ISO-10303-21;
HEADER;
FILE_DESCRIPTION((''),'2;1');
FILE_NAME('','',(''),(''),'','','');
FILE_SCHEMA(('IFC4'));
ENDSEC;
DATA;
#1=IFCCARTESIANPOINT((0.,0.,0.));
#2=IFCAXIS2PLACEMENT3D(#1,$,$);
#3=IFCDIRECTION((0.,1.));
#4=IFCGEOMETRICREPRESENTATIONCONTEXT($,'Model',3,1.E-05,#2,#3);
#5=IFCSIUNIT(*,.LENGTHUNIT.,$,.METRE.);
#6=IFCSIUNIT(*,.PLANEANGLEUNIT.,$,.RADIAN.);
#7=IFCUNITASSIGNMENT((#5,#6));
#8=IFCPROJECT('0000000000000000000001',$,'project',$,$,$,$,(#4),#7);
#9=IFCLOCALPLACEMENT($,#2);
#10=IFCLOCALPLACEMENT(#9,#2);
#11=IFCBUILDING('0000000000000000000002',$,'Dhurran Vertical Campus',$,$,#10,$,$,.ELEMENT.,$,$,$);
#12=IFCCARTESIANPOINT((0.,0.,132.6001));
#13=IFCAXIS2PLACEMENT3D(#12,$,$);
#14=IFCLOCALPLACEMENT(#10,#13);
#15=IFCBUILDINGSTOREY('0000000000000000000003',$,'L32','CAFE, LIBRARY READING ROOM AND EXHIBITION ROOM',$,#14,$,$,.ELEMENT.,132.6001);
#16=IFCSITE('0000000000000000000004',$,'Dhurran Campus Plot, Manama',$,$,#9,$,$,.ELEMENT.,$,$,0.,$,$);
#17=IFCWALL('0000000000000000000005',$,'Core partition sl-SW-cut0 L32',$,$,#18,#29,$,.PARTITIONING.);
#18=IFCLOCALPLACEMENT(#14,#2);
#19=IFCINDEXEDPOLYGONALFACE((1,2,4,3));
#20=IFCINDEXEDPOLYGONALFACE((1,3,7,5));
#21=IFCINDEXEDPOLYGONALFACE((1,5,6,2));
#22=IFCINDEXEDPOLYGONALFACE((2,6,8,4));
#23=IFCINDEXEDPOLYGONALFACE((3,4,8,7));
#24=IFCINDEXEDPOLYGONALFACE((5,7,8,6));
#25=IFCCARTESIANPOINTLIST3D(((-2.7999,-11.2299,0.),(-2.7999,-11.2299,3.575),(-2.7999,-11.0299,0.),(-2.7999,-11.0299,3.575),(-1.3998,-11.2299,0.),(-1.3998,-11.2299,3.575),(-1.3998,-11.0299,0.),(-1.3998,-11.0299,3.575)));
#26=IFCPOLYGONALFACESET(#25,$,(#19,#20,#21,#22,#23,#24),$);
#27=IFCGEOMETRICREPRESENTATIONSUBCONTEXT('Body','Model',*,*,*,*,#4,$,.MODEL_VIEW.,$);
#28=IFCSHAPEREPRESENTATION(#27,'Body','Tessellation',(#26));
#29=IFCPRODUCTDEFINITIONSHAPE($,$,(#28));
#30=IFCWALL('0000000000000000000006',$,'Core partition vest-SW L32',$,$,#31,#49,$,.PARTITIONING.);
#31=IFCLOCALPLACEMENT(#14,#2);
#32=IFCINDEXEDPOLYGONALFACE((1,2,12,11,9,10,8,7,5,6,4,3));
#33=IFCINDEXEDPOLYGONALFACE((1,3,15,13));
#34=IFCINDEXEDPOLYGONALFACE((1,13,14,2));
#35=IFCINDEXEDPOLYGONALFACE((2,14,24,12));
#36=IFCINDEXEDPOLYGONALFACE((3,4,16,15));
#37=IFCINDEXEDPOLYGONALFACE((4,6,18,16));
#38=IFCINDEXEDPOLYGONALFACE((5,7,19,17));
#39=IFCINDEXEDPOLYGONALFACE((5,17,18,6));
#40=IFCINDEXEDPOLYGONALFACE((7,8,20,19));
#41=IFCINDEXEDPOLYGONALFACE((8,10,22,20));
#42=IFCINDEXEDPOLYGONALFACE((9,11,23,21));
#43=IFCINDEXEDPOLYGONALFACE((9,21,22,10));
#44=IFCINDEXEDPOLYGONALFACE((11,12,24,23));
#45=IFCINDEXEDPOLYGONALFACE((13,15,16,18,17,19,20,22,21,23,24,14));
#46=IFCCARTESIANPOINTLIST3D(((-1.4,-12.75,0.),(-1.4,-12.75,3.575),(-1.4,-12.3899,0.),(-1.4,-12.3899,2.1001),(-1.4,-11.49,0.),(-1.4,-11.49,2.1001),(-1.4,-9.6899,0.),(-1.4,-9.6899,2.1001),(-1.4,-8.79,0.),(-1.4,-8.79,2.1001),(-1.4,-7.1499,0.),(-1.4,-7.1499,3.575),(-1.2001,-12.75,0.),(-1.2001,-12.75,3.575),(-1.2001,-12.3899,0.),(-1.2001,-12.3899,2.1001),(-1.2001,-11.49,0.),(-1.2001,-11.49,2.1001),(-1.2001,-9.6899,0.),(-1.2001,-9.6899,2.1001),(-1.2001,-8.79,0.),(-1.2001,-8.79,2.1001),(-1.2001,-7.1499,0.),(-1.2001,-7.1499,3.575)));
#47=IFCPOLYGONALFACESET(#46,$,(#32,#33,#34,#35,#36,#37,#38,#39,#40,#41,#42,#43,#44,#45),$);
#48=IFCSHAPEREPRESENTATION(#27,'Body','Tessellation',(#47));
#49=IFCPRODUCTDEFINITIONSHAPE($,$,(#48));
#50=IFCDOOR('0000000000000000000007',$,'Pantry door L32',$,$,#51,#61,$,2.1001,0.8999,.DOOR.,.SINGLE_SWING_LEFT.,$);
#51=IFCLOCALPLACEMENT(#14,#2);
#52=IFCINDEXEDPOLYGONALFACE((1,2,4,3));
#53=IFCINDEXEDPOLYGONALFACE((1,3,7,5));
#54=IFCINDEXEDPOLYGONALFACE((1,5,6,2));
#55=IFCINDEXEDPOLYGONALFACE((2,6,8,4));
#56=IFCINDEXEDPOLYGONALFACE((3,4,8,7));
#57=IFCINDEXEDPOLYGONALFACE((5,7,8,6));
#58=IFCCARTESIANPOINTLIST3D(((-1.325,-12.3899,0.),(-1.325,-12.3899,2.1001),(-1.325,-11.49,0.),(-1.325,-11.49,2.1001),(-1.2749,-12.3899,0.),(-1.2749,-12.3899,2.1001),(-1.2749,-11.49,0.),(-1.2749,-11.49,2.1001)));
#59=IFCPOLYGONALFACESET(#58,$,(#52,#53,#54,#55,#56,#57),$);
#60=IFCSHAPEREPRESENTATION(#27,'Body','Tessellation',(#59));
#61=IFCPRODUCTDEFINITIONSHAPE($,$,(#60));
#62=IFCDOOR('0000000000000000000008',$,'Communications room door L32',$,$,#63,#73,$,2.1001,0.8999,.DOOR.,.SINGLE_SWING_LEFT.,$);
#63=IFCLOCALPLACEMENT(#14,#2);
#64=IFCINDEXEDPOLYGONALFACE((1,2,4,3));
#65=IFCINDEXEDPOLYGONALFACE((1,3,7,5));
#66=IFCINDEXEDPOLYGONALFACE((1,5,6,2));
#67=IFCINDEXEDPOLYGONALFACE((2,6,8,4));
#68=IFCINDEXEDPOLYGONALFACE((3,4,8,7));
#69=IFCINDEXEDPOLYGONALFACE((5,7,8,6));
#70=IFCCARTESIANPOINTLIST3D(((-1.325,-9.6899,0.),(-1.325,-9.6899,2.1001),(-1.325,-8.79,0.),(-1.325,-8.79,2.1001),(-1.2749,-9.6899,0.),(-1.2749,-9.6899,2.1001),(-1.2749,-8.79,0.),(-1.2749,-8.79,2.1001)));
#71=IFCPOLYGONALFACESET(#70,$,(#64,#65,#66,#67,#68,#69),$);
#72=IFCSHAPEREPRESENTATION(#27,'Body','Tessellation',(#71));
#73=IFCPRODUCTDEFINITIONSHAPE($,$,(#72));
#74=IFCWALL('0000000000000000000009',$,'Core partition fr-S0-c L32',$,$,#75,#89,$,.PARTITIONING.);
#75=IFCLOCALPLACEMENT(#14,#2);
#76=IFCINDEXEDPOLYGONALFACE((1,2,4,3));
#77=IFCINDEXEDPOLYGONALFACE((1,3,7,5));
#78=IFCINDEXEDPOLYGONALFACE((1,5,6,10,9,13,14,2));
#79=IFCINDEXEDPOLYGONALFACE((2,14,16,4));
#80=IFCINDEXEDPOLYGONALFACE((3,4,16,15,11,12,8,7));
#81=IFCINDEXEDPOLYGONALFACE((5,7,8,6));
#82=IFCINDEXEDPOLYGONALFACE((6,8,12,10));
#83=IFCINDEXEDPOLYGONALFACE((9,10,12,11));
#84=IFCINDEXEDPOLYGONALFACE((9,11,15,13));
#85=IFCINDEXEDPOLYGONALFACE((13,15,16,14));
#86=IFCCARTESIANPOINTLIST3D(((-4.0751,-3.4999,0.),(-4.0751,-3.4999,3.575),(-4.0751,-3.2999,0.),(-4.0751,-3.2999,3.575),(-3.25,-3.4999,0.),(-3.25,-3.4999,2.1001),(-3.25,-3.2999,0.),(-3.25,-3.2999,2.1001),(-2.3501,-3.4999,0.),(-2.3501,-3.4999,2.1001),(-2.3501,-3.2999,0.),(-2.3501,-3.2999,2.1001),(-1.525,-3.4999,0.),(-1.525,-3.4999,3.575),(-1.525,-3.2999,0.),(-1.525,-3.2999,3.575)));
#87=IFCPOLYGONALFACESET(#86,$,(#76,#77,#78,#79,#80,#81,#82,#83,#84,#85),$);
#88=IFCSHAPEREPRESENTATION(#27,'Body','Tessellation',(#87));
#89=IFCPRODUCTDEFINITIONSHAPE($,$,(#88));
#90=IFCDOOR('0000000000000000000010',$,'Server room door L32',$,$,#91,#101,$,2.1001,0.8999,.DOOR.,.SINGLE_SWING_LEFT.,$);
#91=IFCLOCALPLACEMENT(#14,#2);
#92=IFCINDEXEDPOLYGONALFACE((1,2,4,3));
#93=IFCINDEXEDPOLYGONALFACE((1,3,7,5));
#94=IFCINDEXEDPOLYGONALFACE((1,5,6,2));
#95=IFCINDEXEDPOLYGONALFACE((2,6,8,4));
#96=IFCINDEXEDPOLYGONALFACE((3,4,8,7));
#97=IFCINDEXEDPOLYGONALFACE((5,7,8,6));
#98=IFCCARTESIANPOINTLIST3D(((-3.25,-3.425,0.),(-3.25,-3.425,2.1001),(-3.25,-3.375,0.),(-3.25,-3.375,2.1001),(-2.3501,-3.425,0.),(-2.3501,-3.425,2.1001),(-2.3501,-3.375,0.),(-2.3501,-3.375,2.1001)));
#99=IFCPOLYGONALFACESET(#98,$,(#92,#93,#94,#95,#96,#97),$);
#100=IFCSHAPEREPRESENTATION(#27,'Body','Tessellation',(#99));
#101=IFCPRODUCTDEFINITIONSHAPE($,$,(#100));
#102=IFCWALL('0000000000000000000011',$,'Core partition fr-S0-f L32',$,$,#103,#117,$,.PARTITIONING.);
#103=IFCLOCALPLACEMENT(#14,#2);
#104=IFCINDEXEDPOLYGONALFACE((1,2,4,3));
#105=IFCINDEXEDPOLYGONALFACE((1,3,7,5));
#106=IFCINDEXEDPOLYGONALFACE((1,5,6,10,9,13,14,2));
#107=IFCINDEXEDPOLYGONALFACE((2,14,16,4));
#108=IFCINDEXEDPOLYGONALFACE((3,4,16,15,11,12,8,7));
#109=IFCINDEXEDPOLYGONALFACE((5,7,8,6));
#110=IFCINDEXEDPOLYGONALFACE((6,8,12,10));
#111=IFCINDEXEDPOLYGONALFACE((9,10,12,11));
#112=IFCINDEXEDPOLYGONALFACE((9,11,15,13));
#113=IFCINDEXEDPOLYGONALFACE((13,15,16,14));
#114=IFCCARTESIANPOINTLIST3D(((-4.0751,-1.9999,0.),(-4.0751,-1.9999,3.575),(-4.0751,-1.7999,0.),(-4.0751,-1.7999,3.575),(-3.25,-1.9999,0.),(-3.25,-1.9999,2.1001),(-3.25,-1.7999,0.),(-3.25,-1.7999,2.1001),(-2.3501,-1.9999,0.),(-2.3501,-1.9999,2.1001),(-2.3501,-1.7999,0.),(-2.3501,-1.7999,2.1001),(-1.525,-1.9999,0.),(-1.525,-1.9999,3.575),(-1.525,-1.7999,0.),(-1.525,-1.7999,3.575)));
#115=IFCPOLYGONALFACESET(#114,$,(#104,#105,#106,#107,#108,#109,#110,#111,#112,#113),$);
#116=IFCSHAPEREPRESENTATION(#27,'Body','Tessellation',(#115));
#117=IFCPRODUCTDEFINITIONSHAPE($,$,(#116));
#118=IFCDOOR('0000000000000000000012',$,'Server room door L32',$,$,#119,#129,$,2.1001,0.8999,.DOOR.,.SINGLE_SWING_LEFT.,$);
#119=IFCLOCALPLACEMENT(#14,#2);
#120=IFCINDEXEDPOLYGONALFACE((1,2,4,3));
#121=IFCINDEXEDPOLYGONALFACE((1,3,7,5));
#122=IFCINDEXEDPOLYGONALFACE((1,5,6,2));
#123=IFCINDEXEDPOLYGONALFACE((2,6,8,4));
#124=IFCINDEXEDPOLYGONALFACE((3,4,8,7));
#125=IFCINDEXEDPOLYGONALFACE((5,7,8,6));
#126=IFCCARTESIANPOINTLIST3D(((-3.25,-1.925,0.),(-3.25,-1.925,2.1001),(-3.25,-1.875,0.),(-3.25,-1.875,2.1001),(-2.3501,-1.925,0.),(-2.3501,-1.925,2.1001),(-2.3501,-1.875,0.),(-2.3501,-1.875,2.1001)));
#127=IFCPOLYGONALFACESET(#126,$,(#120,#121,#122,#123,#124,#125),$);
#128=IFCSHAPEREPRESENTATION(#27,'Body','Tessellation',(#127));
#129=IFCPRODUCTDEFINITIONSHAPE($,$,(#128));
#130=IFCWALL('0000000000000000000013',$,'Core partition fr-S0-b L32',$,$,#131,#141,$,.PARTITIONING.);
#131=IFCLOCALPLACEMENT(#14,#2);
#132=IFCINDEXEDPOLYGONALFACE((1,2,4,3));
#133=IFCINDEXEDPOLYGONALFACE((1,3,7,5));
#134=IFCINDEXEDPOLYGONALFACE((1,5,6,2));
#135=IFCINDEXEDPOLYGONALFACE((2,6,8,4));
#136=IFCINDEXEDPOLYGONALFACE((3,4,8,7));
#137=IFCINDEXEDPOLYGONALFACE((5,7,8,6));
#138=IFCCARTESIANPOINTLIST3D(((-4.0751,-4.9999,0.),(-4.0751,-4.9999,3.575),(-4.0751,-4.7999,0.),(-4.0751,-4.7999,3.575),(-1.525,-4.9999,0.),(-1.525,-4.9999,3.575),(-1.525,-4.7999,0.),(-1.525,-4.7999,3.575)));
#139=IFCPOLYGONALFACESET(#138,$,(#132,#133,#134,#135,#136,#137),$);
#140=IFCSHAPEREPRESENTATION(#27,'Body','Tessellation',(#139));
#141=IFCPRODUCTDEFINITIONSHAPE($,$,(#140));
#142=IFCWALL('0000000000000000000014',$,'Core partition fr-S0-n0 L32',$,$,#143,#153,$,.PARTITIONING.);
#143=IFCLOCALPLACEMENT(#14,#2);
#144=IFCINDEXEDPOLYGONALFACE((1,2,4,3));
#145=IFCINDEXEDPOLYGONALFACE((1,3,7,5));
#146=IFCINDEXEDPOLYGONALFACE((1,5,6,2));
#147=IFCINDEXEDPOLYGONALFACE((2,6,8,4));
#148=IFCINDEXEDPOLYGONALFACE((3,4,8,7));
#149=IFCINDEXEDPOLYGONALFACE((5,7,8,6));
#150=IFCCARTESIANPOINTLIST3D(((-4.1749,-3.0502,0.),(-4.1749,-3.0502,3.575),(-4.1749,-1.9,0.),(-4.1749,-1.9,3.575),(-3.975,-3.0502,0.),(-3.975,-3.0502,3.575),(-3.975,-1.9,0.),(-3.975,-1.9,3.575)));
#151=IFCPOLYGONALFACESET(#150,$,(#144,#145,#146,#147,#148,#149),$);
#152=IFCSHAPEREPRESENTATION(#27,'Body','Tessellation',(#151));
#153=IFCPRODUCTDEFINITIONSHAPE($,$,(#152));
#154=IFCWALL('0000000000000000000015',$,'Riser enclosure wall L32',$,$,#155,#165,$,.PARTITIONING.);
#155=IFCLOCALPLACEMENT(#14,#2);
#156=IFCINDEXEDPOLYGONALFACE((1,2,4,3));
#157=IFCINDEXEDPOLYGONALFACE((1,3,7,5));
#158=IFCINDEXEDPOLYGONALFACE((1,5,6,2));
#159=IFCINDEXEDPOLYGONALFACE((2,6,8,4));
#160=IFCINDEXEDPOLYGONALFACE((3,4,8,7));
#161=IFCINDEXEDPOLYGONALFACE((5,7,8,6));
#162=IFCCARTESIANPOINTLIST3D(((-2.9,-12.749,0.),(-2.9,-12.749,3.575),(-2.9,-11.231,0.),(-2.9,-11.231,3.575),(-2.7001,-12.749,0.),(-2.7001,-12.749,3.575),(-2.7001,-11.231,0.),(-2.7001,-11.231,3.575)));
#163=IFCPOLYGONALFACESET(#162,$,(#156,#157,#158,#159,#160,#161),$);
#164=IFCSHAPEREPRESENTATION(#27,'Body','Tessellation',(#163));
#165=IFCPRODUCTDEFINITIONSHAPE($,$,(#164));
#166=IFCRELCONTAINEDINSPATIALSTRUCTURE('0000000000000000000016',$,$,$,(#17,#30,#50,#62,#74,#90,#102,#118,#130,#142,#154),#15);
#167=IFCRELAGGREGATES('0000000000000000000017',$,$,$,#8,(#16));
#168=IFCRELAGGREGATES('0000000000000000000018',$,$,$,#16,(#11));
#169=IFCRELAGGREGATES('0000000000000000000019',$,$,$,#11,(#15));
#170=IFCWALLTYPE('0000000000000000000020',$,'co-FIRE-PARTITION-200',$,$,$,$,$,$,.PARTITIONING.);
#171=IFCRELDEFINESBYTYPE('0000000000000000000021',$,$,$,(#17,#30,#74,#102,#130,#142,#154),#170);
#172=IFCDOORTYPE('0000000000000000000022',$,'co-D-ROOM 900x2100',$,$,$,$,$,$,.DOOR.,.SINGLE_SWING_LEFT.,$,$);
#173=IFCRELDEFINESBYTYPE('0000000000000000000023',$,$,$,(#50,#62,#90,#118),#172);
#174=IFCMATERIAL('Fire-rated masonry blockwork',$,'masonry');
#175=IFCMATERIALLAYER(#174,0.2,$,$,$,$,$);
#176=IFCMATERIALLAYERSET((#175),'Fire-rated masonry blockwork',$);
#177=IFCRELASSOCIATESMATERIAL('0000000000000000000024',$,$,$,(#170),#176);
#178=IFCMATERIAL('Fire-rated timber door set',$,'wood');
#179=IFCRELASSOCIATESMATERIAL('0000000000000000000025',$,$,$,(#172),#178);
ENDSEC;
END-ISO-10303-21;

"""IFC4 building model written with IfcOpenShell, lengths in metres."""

from ifc_helpers import new_model, si_unit, direction, frame, frame_2d, origin, place, context, subcontext, project, spatial, rectangle, extrude, material, layer, layer_set, type_object, element, fill, save


model = new_model("IFC4")

# Units and contexts
model_context = context("Model", 3, precision=1e-05, world=origin(), true_north=direction((0.0, 1.0)))
body_context = subcontext(model_context, "Body", "Model", "MODEL_VIEW")
ifc_project = project(units=[si_unit("LENGTHUNIT", "METRE"), si_unit("PLANEANGLEUNIT", "RADIAN")], contexts=[model_context])

# Site, building, storey
site_placement = place(None, origin())
site = spatial("IfcSite", under=ifc_project, at=site_placement, Name="Dhurran Campus Plot, Manama", CompositionType="ELEMENT", RefElevation=0.0)
building_placement = place(site_placement, origin())
building = spatial("IfcBuilding", under=site, at=building_placement, Name="Dhurran Vertical Campus", CompositionType="ELEMENT")
storey_placement = place(building_placement, frame((0.0, 0.0, 132.6001)))
storey = spatial("IfcBuildingStorey", under=building, at=storey_placement, Name="L32", Description="CAFE, LIBRARY READING ROOM AND EXHIBITION ROOM", CompositionType="ELEMENT", Elevation=132.6001)

# Shared definitions
ifc_material_1 = material(Name="Fire-rated masonry blockwork", Category="masonry")
ifc_layer_1 = layer(ifc_material_1, 0.2)
ifc_layer_set_1 = layer_set([ifc_layer_1], Name="Fire-rated masonry blockwork")
wall_type_1 = type_object("IfcWallType", Name="co-FIRE-PARTITION-200", PredefinedType="PARTITIONING", material=ifc_layer_set_1)

# Wall
for number, where, z_axis, x_axis, name in (
    (1, (-2.8, -11.1299, 0.0), (0.0, 0.0, 1.0), (1.0, 0.0, 0.0), "Core partition sl-SW-cut0 L32"),
):
    element("IfcWall", number, at=place(storey_placement, frame(where, z_axis=z_axis, x_axis=x_axis)), inside=storey, type_object=wall_type_1, Name=name, PredefinedType="PARTITIONING", context=body_context, shape_type="SweptSolid", body=[
        extrude(rectangle(XDim=1.4001, YDim=0.2, at=frame_2d((0.7002, 0.0))), origin(), (0.0, 0.0, 1.0), 3.575),
    ])

# Wall, openings, doors
wall_1_placement = place(storey_placement, frame((-1.3, -12.75, 0.0), z_axis=(0.0, 0.0, 1.0), x_axis=(0.0, 1.0, 0.0)))
wall_1 = element("IfcWall", 2, at=wall_1_placement, inside=storey, type_object=wall_type_1, Name="Core partition vest-SW L32", PredefinedType="PARTITIONING", context=body_context, shape_type="SweptSolid", body=[
    extrude(rectangle(XDim=5.6001, YDim=0.2, at=frame_2d((2.8, 0.0))), origin(), (0.0, 0.0, 1.0), 3.575),
])
opening_1_placement = place(wall_1_placement, frame((0.3601, 0.0, 0.0)))
opening_1 = element("IfcOpeningElement", 3, at=opening_1_placement, cuts=wall_1, PredefinedType="OPENING", context=body_context, shape_type="SweptSolid", body=[
    extrude(rectangle(XDim=0.8999, YDim=2.1001, at=frame_2d((0.45, 1.05))), frame((0.0, 0.1099, 0.0), z_axis=(0.0, -1.0, 0.0), x_axis=(1.0, 0.0, 0.0)), (0.0, 0.0, 1.0), 0.22),
])
opening_2_placement = place(wall_1_placement, frame((3.0601, 0.0, 0.0)))
opening_2 = element("IfcOpeningElement", 4, at=opening_2_placement, cuts=wall_1, PredefinedType="OPENING", context=body_context, shape_type="SweptSolid", body=[
    extrude(rectangle(XDim=0.8999, YDim=2.1001, at=frame_2d((0.45, 1.05))), frame((0.0, 0.1099, 0.0), z_axis=(0.0, -1.0, 0.0), x_axis=(1.0, 0.0, 0.0)), (0.0, 0.0, 1.0), 0.22),
])
ifc_material_2 = material(Name="Fire-rated timber door set", Category="wood")
door_type_1 = type_object("IfcDoorType", Name="co-D-ROOM 900x2100", OperationType="SINGLE_SWING_LEFT", PredefinedType="DOOR", material=ifc_material_2)
door_1_placement = place(opening_1_placement, origin())
door_1 = element("IfcDoor", 5, at=door_1_placement, inside=storey, type_object=door_type_1, Name="Pantry door L32", OperationType="SINGLE_SWING_LEFT", OverallHeight=2.1001, OverallWidth=0.8999, PredefinedType="DOOR", context=body_context, shape_type="SweptSolid", body=[
    extrude(rectangle(XDim=0.8999, YDim=2.1001, at=frame_2d((0.45, 1.05))), frame((0.0, 0.0249, 0.0), z_axis=(0.0, -1.0, 0.0), x_axis=(1.0, 0.0, 0.0)), (0.0, 0.0, 1.0), 0.05),
])
fill(opening_1, door_1)
door_2_placement = place(opening_2_placement, origin())
door_2 = element("IfcDoor", 6, at=door_2_placement, inside=storey, type_object=door_type_1, Name="Communications room door L32", OperationType="SINGLE_SWING_LEFT", OverallHeight=2.1001, OverallWidth=0.8999, PredefinedType="DOOR", context=body_context, shape_type="SweptSolid", body=[
    extrude(rectangle(XDim=0.8999, YDim=2.1001, at=frame_2d((0.45, 1.05))), frame((0.0, 0.0249, 0.0), z_axis=(0.0, -1.0, 0.0), x_axis=(1.0, 0.0, 0.0)), (0.0, 0.0, 1.0), 0.05),
])
fill(opening_2, door_2)

# Walls, openings, doors
wall_2_placement = place(storey_placement, frame((-4.075, -3.3999, 0.0), z_axis=(0.0, 0.0, 1.0), x_axis=(1.0, 0.0, 0.0)))
wall_2 = element("IfcWall", 7, at=wall_2_placement, inside=storey, type_object=wall_type_1, Name="Core partition fr-S0-c L32", PredefinedType="PARTITIONING", context=body_context, shape_type="SweptSolid", body=[
    extrude(rectangle(XDim=2.55, YDim=0.2, at=frame_2d((1.2749, 0.0))), origin(), (0.0, 0.0, 1.0), 3.575),
])
opening_3_placement = place(wall_2_placement, frame((0.825, 0.0, 0.0)))
opening_3 = element("IfcOpeningElement", 8, at=opening_3_placement, cuts=wall_2, PredefinedType="OPENING", context=body_context, shape_type="SweptSolid", body=[
    extrude(rectangle(XDim=0.8999, YDim=2.1001, at=frame_2d((0.45, 1.05))), frame((0.0, 0.1099, 0.0), z_axis=(0.0, -1.0, 0.0), x_axis=(1.0, 0.0, 0.0)), (0.0, 0.0, 1.0), 0.22),
])
door_3_placement = place(opening_3_placement, origin())
door_3 = element("IfcDoor", 9, at=door_3_placement, inside=storey, type_object=door_type_1, Name="Server room door L32", OperationType="SINGLE_SWING_LEFT", OverallHeight=2.1001, OverallWidth=0.8999, PredefinedType="DOOR", context=body_context, shape_type="SweptSolid", body=[
    extrude(rectangle(XDim=0.8999, YDim=2.1001, at=frame_2d((0.45, 1.05))), frame((0.0, 0.0249, 0.0), z_axis=(0.0, -1.0, 0.0), x_axis=(1.0, 0.0, 0.0)), (0.0, 0.0, 1.0), 0.05),
])
fill(opening_3, door_3)
wall_3_placement = place(storey_placement, frame((-4.075, -1.8999, 0.0), z_axis=(0.0, 0.0, 1.0), x_axis=(1.0, 0.0, 0.0)))
wall_3 = element("IfcWall", 10, at=wall_3_placement, inside=storey, type_object=wall_type_1, Name="Core partition fr-S0-f L32", PredefinedType="PARTITIONING", context=body_context, shape_type="SweptSolid", body=[
    extrude(rectangle(XDim=2.55, YDim=0.2, at=frame_2d((1.2749, 0.0))), origin(), (0.0, 0.0, 1.0), 3.575),
])
opening_4_placement = place(wall_3_placement, frame((0.825, 0.0, 0.0)))
opening_4 = element("IfcOpeningElement", 11, at=opening_4_placement, cuts=wall_3, PredefinedType="OPENING", context=body_context, shape_type="SweptSolid", body=[
    extrude(rectangle(XDim=0.8999, YDim=2.1001, at=frame_2d((0.45, 1.05))), frame((0.0, 0.1099, 0.0), z_axis=(0.0, -1.0, 0.0), x_axis=(1.0, 0.0, 0.0)), (0.0, 0.0, 1.0), 0.22),
])
door_4_placement = place(opening_4_placement, origin())
door_4 = element("IfcDoor", 12, at=door_4_placement, inside=storey, type_object=door_type_1, Name="Server room door L32", OperationType="SINGLE_SWING_LEFT", OverallHeight=2.1001, OverallWidth=0.8999, PredefinedType="DOOR", context=body_context, shape_type="SweptSolid", body=[
    extrude(rectangle(XDim=0.8999, YDim=2.1001, at=frame_2d((0.45, 1.05))), frame((0.0, 0.0249, 0.0), z_axis=(0.0, -1.0, 0.0), x_axis=(1.0, 0.0, 0.0)), (0.0, 0.0, 1.0), 0.05),
])
fill(opening_4, door_4)

# Walls
wall_4_placement = place(storey_placement, frame((-4.075, -4.8999, 0.0), z_axis=(0.0, 0.0, 1.0), x_axis=(1.0, 0.0, 0.0)))
element("IfcWall", 13, at=wall_4_placement, inside=storey, type_object=wall_type_1, Name="Core partition fr-S0-b L32", PredefinedType="PARTITIONING", context=body_context, shape_type="SweptSolid", body=[
    extrude(rectangle(XDim=2.55, YDim=0.2, at=frame_2d((1.2749, 0.0))), origin(), (0.0, 0.0, 1.0), 3.575),
])
wall_5_placement = place(storey_placement, frame((-4.075, -1.8999, 0.0), z_axis=(0.0, 0.0, 1.0), x_axis=(0.0, -1.0, 0.0)))
element("IfcWall", 14, at=wall_5_placement, inside=storey, type_object=wall_type_1, Name="Core partition fr-S0-n0 L32", PredefinedType="PARTITIONING", context=body_context, shape_type="SweptSolid", body=[
    extrude(rectangle(XDim=1.1501, YDim=0.2, at=frame_2d((0.5752, 0.0))), origin(), (0.0, 0.0, 1.0), 3.575),
])
wall_6_placement = place(storey_placement, frame((-2.8, -12.749, 0.0), z_axis=(0.0, 0.0, 1.0), x_axis=(0.0, 1.0, 0.0)))
element("IfcWall", 15, at=wall_6_placement, inside=storey, type_object=wall_type_1, Name="Riser enclosure wall L32", PredefinedType="PARTITIONING", context=body_context, shape_type="SweptSolid", body=[
    extrude(rectangle(XDim=1.5181, YDim=0.2, at=frame_2d((0.759, 0.0))), origin(), (0.0, 0.0, 1.0), 3.575),
])

save(model, "model.ifc")
